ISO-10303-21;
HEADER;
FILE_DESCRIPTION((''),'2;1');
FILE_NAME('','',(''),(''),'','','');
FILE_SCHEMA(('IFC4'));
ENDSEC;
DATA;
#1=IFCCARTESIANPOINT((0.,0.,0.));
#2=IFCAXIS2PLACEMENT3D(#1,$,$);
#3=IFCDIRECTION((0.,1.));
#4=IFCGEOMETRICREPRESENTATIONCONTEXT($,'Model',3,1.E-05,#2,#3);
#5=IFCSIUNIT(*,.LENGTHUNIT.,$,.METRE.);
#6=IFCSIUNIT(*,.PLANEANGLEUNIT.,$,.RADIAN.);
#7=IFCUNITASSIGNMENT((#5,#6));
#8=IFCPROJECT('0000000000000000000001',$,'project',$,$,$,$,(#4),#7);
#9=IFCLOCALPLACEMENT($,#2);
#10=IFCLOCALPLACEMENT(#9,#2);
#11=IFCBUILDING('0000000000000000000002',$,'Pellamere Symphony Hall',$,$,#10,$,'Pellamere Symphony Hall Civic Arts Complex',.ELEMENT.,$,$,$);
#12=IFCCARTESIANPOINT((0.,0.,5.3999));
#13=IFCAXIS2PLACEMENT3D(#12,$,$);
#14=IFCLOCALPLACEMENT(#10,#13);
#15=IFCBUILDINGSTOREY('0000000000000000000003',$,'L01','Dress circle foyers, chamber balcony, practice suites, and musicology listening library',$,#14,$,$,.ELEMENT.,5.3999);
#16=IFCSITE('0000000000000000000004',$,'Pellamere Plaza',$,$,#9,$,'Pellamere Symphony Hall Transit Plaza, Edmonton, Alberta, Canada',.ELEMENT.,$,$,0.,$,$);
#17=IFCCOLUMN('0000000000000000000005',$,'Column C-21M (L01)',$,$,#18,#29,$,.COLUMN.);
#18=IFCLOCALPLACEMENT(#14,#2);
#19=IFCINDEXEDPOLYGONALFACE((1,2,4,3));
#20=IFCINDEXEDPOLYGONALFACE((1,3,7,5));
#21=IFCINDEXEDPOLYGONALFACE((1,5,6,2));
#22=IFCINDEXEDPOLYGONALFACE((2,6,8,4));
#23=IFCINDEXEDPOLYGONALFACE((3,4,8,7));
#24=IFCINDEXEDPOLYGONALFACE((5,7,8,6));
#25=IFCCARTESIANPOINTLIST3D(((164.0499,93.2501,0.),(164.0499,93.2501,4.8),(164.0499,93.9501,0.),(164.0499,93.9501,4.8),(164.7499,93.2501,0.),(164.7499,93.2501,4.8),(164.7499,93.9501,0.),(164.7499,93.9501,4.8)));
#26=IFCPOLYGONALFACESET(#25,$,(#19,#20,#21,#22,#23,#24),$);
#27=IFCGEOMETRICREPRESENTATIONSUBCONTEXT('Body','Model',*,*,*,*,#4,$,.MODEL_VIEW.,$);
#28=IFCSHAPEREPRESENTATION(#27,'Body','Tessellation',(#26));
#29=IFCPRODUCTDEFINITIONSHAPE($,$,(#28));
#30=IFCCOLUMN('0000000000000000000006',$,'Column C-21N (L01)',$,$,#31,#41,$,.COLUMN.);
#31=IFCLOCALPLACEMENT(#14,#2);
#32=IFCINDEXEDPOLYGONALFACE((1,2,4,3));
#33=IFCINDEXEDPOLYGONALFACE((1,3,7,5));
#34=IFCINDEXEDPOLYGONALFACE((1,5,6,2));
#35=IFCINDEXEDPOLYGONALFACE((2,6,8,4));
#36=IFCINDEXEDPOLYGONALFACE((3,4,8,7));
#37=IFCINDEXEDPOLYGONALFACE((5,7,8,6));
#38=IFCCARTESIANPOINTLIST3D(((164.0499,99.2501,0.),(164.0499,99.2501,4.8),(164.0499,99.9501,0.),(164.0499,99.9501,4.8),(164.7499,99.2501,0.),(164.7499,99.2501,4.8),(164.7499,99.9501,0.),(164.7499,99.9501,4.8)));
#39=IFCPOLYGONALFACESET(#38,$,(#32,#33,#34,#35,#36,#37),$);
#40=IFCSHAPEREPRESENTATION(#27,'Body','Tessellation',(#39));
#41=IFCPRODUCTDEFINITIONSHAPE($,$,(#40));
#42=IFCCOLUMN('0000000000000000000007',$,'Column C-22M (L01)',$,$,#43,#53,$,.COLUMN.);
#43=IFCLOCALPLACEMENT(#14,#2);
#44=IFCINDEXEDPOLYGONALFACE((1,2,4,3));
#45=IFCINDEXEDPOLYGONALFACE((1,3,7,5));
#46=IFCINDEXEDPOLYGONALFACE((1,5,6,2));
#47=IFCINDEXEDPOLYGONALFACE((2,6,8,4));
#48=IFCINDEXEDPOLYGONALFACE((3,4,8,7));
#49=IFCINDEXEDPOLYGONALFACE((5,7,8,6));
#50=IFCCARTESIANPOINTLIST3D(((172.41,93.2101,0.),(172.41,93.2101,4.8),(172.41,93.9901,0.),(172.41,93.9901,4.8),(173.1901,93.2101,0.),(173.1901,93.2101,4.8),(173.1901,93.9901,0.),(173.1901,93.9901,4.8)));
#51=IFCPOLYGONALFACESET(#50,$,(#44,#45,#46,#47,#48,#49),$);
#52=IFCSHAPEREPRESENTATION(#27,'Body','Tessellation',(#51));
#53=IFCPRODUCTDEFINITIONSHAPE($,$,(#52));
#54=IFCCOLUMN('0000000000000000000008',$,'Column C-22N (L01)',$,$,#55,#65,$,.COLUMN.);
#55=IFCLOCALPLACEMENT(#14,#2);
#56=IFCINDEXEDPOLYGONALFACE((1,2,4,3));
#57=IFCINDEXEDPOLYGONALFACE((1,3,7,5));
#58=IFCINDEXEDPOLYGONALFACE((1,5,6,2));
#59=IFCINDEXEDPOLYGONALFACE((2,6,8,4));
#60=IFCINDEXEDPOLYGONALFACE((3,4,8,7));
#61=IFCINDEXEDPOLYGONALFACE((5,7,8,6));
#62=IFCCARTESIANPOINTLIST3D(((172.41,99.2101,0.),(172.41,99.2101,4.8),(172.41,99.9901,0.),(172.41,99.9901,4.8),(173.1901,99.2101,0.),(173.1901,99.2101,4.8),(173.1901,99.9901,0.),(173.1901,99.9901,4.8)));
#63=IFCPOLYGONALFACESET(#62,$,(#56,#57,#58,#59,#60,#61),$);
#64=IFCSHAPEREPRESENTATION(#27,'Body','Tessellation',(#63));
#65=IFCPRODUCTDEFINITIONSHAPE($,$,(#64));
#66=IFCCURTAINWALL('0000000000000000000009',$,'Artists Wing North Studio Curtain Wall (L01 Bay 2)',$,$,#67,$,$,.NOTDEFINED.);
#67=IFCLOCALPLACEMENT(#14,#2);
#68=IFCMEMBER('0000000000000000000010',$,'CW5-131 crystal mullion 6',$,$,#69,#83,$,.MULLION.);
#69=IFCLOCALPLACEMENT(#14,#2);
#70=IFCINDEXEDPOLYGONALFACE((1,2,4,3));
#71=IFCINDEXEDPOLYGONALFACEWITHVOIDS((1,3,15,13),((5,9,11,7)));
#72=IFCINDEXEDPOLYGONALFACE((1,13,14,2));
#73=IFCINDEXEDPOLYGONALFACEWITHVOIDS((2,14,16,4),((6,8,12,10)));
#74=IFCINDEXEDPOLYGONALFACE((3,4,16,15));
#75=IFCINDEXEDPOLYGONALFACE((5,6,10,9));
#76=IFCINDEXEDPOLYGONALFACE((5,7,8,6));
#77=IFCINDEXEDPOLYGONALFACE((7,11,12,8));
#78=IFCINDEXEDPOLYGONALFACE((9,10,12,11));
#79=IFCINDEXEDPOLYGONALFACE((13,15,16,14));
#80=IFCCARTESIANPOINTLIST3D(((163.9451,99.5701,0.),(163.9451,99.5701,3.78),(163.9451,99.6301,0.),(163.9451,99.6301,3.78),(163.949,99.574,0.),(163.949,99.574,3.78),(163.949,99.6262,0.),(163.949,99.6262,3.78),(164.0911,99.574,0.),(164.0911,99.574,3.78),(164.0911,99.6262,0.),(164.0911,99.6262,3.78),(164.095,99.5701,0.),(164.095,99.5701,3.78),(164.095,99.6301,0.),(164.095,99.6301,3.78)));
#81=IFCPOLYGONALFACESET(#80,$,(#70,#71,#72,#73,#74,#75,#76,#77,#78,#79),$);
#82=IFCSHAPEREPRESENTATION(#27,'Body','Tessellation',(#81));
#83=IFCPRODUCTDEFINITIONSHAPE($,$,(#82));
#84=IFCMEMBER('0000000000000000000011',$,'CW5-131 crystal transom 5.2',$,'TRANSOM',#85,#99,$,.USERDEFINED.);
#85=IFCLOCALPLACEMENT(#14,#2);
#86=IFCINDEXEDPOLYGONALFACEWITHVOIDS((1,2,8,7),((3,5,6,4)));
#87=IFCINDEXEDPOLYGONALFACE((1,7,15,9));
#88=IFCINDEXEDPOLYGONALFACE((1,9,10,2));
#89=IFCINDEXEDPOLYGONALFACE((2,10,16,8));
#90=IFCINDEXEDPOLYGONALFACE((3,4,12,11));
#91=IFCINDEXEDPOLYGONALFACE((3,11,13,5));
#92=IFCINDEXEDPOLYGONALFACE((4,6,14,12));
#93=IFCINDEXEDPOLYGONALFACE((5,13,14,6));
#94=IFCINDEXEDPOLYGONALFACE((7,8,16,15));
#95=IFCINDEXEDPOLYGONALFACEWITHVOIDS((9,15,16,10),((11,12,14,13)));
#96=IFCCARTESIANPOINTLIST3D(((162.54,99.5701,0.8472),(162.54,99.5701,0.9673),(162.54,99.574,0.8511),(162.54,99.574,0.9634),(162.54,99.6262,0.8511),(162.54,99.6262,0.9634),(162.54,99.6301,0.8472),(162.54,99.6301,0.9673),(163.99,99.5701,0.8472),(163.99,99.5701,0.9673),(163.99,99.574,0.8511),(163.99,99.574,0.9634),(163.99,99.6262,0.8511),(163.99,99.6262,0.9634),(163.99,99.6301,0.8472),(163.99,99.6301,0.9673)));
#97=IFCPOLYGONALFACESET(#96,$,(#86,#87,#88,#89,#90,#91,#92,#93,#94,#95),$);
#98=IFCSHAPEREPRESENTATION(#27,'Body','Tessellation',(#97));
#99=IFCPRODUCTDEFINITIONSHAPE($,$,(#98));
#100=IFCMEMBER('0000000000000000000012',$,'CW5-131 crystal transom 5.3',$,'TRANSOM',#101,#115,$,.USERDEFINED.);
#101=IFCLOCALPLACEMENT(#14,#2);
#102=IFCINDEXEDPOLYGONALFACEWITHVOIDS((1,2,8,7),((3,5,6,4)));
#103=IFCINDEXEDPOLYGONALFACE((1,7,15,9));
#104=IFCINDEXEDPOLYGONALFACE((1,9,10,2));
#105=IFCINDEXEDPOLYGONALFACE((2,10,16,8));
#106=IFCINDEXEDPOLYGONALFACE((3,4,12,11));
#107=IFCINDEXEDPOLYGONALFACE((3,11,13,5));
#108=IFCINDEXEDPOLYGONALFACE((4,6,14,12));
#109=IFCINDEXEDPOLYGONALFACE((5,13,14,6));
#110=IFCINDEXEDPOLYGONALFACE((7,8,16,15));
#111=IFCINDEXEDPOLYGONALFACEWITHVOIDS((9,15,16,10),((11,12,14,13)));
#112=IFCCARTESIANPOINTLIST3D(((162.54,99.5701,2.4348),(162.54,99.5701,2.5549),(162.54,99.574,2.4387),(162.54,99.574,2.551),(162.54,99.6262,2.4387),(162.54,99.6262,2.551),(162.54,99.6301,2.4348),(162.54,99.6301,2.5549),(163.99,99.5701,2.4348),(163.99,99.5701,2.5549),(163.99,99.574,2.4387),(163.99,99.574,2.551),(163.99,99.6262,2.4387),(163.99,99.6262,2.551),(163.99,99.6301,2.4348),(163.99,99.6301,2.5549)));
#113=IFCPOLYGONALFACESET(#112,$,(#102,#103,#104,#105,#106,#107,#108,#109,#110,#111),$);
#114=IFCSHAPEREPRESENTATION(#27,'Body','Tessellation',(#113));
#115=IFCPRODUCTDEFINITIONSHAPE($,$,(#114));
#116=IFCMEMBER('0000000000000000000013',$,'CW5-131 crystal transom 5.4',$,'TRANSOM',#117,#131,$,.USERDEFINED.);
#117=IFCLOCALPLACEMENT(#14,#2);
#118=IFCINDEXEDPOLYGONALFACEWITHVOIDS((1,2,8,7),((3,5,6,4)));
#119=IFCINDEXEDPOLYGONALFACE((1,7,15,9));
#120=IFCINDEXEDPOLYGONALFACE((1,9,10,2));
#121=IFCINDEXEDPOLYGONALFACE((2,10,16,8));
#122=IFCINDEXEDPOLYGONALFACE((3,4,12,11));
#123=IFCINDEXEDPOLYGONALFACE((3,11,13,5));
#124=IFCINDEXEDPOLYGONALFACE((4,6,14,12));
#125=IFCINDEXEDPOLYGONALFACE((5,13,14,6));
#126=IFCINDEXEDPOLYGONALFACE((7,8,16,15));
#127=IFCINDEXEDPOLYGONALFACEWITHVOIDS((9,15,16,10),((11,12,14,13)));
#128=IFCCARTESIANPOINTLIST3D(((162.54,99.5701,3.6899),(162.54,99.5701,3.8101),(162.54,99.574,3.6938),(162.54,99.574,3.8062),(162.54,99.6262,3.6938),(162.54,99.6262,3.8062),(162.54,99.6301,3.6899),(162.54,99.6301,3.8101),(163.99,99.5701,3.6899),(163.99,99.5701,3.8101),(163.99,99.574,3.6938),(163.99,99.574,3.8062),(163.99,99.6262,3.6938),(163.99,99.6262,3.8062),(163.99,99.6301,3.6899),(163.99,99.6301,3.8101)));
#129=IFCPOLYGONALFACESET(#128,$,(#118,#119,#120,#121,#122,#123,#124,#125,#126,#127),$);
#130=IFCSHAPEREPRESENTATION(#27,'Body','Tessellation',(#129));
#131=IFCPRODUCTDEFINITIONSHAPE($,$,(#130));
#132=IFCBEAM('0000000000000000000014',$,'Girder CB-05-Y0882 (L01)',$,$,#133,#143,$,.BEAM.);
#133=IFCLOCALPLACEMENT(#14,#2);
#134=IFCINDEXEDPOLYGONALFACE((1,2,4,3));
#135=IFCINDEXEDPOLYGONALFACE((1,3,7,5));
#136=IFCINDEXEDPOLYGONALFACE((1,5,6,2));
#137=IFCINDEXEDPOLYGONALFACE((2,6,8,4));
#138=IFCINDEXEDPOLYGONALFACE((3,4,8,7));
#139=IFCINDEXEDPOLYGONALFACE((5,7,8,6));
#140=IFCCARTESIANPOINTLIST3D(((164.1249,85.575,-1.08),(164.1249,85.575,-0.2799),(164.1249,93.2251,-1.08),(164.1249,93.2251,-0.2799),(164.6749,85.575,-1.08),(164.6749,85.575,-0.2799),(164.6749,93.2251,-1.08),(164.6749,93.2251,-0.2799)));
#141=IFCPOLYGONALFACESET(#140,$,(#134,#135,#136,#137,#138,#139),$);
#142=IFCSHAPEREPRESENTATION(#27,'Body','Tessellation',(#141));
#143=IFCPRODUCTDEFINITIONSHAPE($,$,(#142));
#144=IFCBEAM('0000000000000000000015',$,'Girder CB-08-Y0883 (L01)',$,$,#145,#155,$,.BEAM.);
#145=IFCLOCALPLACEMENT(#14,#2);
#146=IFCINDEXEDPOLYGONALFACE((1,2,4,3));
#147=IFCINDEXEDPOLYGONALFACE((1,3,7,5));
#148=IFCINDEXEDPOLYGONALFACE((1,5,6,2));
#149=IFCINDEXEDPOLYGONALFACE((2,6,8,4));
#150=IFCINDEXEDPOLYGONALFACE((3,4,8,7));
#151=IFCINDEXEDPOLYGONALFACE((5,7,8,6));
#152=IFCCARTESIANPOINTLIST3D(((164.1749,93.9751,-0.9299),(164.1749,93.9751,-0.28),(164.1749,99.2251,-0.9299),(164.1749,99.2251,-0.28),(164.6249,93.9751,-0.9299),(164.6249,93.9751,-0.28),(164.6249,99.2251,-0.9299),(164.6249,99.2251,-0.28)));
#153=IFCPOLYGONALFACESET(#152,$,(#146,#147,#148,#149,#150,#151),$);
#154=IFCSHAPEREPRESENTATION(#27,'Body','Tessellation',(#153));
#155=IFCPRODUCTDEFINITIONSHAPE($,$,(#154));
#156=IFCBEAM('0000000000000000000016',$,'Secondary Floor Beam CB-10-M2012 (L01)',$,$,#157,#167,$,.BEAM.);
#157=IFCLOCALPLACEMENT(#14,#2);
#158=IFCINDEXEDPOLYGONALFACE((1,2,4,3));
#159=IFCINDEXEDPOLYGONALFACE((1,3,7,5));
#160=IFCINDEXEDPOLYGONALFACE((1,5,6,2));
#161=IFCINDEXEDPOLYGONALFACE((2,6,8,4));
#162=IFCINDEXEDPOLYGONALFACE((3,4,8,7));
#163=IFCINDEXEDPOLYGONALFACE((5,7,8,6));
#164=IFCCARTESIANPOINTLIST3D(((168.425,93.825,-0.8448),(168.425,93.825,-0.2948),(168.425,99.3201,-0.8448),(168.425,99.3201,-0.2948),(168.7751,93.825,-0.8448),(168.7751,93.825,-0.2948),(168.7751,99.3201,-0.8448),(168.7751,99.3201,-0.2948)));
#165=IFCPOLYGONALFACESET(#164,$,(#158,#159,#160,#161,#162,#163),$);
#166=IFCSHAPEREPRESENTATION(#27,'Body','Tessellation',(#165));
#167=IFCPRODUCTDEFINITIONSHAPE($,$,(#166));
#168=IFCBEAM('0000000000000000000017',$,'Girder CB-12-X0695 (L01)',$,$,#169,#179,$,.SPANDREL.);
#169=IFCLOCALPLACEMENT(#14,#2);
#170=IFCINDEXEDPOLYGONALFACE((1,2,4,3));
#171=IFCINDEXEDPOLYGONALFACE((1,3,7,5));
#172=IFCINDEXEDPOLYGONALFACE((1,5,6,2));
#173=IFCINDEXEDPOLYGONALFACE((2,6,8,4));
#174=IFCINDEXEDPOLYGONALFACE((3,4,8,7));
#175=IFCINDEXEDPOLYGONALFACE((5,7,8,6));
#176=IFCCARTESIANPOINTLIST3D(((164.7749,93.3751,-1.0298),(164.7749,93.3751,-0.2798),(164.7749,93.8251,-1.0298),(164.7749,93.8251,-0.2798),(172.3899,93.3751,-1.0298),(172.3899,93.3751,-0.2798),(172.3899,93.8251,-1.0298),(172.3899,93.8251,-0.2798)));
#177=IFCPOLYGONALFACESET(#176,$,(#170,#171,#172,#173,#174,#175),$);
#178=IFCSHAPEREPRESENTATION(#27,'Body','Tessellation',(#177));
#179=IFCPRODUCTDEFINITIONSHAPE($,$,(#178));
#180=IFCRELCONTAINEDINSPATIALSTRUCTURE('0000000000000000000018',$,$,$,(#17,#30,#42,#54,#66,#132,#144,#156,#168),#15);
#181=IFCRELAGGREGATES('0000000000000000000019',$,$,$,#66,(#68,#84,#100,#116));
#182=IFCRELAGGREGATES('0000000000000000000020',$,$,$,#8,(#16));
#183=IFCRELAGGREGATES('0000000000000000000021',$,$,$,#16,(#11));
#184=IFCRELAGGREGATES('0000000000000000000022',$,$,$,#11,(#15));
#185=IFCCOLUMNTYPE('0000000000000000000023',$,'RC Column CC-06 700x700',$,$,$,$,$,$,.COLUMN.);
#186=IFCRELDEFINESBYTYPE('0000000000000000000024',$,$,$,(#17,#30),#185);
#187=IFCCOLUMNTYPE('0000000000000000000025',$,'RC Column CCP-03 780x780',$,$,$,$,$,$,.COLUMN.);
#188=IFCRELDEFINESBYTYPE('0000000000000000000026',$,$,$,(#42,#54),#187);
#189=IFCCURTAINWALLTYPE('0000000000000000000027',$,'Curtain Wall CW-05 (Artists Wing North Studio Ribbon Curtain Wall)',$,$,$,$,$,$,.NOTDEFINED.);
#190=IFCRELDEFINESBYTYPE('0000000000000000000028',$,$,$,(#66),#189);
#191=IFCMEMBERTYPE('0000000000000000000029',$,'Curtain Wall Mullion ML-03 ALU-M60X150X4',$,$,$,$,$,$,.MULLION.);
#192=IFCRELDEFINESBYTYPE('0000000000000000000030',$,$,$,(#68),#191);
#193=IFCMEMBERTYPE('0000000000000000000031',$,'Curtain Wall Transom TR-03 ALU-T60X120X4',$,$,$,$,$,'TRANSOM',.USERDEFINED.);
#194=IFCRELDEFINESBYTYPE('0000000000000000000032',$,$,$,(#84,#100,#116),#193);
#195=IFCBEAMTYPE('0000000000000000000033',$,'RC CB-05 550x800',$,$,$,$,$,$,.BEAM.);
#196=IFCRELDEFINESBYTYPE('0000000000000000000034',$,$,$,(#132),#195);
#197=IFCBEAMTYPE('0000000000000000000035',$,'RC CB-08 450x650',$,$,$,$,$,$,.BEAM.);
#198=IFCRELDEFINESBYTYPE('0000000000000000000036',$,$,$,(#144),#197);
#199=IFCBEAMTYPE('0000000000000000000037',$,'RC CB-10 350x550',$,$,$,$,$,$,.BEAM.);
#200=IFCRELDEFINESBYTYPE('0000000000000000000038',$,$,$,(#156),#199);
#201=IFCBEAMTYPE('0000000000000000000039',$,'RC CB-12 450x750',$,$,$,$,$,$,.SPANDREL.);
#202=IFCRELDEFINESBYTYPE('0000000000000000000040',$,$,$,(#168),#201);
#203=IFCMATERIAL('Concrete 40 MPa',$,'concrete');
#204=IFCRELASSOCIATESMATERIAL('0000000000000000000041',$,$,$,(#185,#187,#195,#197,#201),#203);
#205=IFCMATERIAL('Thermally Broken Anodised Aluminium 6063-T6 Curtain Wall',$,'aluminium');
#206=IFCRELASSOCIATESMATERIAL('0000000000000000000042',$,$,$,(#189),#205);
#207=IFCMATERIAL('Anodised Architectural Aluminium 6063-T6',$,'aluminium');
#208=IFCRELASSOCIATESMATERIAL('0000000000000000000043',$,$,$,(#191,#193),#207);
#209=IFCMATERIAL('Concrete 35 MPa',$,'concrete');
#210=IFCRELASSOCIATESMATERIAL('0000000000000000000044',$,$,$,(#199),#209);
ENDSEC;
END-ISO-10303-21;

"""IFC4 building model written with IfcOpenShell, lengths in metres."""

from ifc_helpers import new_model, si_unit, direction, frame, origin, origin_2d, place, context, subcontext, project, spatial, rectangle, hollow_rectangle, extrude, material, material_profile, profile_set, type_object, element, aggregate, save


model = new_model("IFC4")

# Units and contexts
model_context = context("Model", 3, precision=1e-05, world=origin(), true_north=direction((0.0, 1.0)))
body_context = subcontext(model_context, "Body", "Model", "MODEL_VIEW")
ifc_project = project(units=[si_unit("LENGTHUNIT", "METRE"), si_unit("PLANEANGLEUNIT", "RADIAN")], contexts=[model_context])

# Site, building, storey
site_placement = place(None, origin())
site = spatial("IfcSite", under=ifc_project, at=site_placement, Name="Pellamere Plaza", LongName="Pellamere Symphony Hall Transit Plaza, Edmonton, Alberta, Canada", CompositionType="ELEMENT", RefElevation=0.0)
building_placement = place(site_placement, origin())
building = spatial("IfcBuilding", under=site, at=building_placement, Name="Pellamere Symphony Hall", LongName="Pellamere Symphony Hall Civic Arts Complex", CompositionType="ELEMENT")
storey_placement = place(building_placement, frame((0.0, 0.0, 5.3999)))
storey = spatial("IfcBuildingStorey", under=building, at=storey_placement, Name="L01", Description="Dress circle foyers, chamber balcony, practice suites, and musicology listening library", CompositionType="ELEMENT", Elevation=5.3999)

# Columns
ifc_material_1 = material(Name="Concrete 40 MPa", Category="concrete")
ifc_material_profile_1 = material_profile(ifc_material_1, rectangle(XDim=0.7, YDim=0.7, at=origin_2d()), Name="RC 700x700")
ifc_profile_set_1 = profile_set([ifc_material_profile_1], Name="Concrete 40 MPa")
column_type_1 = type_object("IfcColumnType", Name="RC Column CC-06 700x700", PredefinedType="COLUMN", material=ifc_profile_set_1)
for number, where, z_axis, x_axis, name in (
    (1, (164.3999, 93.6001, 0.0), (0.0, 0.0, 1.0), (1.0, 0.0, 0.0), "Column C-21M (L01)"),
    (2, (164.3999, 99.6001, 0.0), (0.0, 0.0, 1.0), (1.0, 0.0, 0.0), "Column C-21N (L01)"),
):
    element("IfcColumn", number, at=place(storey_placement, frame(where, z_axis=z_axis, x_axis=x_axis)), inside=storey, type_object=column_type_1, Name=name, PredefinedType="COLUMN", context=body_context, shape_type="SweptSolid", body=[
        extrude(rectangle(XDim=0.7, YDim=0.7, at=origin_2d()), origin(), (0.0, 0.0, 1.0), 4.8),
    ])
ifc_material_profile_2 = material_profile(ifc_material_1, rectangle(XDim=0.78, YDim=0.78, at=origin_2d()), Name="RC 780x780")
ifc_profile_set_2 = profile_set([ifc_material_profile_2], Name="Concrete 40 MPa")
column_type_2 = type_object("IfcColumnType", Name="RC Column CCP-03 780x780", PredefinedType="COLUMN", material=ifc_profile_set_2)
for number, where, z_axis, x_axis, name in (
    (3, (172.8, 93.6001, 0.0), (0.0, 0.0, 1.0), (1.0, 0.0, 0.0), "Column C-22M (L01)"),
    (4, (172.8, 99.6001, 0.0), (0.0, 0.0, 1.0), (1.0, 0.0, 0.0), "Column C-22N (L01)"),
):
    element("IfcColumn", number, at=place(storey_placement, frame(where, z_axis=z_axis, x_axis=x_axis)), inside=storey, type_object=column_type_2, Name=name, PredefinedType="COLUMN", context=body_context, shape_type="SweptSolid", body=[
        extrude(rectangle(XDim=0.78, YDim=0.78, at=origin_2d()), origin(), (0.0, 0.0, 1.0), 4.8),
    ])

# Curtain wall, members
ifc_material_2 = material(Name="Thermally Broken Anodised Aluminium 6063-T6 Curtain Wall", Category="aluminium")
curtain_wall_type = type_object("IfcCurtainWallType", Name="Curtain Wall CW-05 (Artists Wing North Studio Ribbon Curtain Wall)", PredefinedType="NOTDEFINED", material=ifc_material_2)
curtain_wall_placement = place(storey_placement, origin())
curtain_wall = element("IfcCurtainWall", 5, at=curtain_wall_placement, inside=storey, type_object=curtain_wall_type, Name="Artists Wing North Studio Curtain Wall (L01 Bay 2)", PredefinedType="NOTDEFINED")
ifc_material_3 = material(Name="Anodised Architectural Aluminium 6063-T6", Category="aluminium")
ifc_material_profile_3 = material_profile(ifc_material_3, hollow_rectangle(XDim=0.0601, YDim=0.1499, WallThickness=0.0039, at=origin_2d()), Name="ALU-M60X150X4")
ifc_profile_set_3 = profile_set([ifc_material_profile_3], Name="Anodised Architectural Aluminium 6063-T6")
member_type_1 = type_object("IfcMemberType", Name="Curtain Wall Mullion ML-03 ALU-M60X150X4", PredefinedType="MULLION", material=ifc_profile_set_3)
member_1_placement = place(storey_placement, frame((164.02, 99.6001, 0.0), z_axis=(0.0, 0.0, 1.0), x_axis=(0.0, 1.0, 0.0)))
member_1 = element("IfcMember", 6, at=member_1_placement, type_object=member_type_1, Name="CW5-131 crystal mullion 6", PredefinedType="MULLION", context=body_context, shape_type="SweptSolid", body=[
    extrude(hollow_rectangle(XDim=0.0601, YDim=0.1499, WallThickness=0.0039, at=origin_2d()), origin(), (0.0, 0.0, 1.0), 3.78),
])
ifc_material_profile_4 = material_profile(ifc_material_3, hollow_rectangle(XDim=0.0601, YDim=0.1201, WallThickness=0.0039, at=origin_2d()), Name="ALU-T60X120X4")
ifc_profile_set_4 = profile_set([ifc_material_profile_4], Name="Anodised Architectural Aluminium 6063-T6")
member_type_2 = type_object("IfcMemberType", Name="Curtain Wall Transom TR-03 ALU-T60X120X4", ElementType="TRANSOM", PredefinedType="USERDEFINED", material=ifc_profile_set_4)
member_2_placement = place(storey_placement, frame((162.54, 99.6001, 0.9072), z_axis=(1.0, 0.0, 0.0), x_axis=(0.0, 1.0, 0.0)))
member_2 = element("IfcMember", 7, at=member_2_placement, type_object=member_type_2, Name="CW5-131 crystal transom 5.2", ObjectType="TRANSOM", PredefinedType="USERDEFINED", context=body_context, shape_type="SweptSolid", body=[
    extrude(hollow_rectangle(XDim=0.0601, YDim=0.1201, WallThickness=0.0039, at=origin_2d()), origin(), (0.0, 0.0, 1.0), 1.45),
])
member_3_placement = place(storey_placement, frame((162.54, 99.6001, 2.4949), z_axis=(1.0, 0.0, 0.0), x_axis=(0.0, 1.0, 0.0)))
member_3 = element("IfcMember", 8, at=member_3_placement, type_object=member_type_2, Name="CW5-131 crystal transom 5.3", ObjectType="TRANSOM", PredefinedType="USERDEFINED", context=body_context, shape_type="SweptSolid", body=[
    extrude(hollow_rectangle(XDim=0.0601, YDim=0.1201, WallThickness=0.0039, at=origin_2d()), origin(), (0.0, 0.0, 1.0), 1.45),
])
member_4_placement = place(storey_placement, frame((162.54, 99.6001, 3.75), z_axis=(1.0, 0.0, 0.0), x_axis=(0.0, 1.0, 0.0)))
member_4 = element("IfcMember", 9, at=member_4_placement, type_object=member_type_2, Name="CW5-131 crystal transom 5.4", ObjectType="TRANSOM", PredefinedType="USERDEFINED", context=body_context, shape_type="SweptSolid", body=[
    extrude(hollow_rectangle(XDim=0.0601, YDim=0.1201, WallThickness=0.0039, at=origin_2d()), origin(), (0.0, 0.0, 1.0), 1.45),
])

# Beams
ifc_material_profile_5 = material_profile(ifc_material_1, rectangle(XDim=0.55, YDim=0.8, at=origin_2d()), Name="RC 550x800")
ifc_profile_set_5 = profile_set([ifc_material_profile_5], Name="Concrete 40 MPa")
beam_type_1 = type_object("IfcBeamType", Name="RC CB-05 550x800", PredefinedType="BEAM", material=ifc_profile_set_5)
beam_1_placement = place(storey_placement, frame((164.3999, 85.575, -0.6799), z_axis=(0.0, 1.0, 0.0), x_axis=(-1.0, 0.0, 0.0)))
element("IfcBeam", 10, at=beam_1_placement, inside=storey, type_object=beam_type_1, Name="Girder CB-05-Y0882 (L01)", PredefinedType="BEAM", context=body_context, shape_type="SweptSolid", body=[
    extrude(rectangle(XDim=0.55, YDim=0.8, at=origin_2d()), origin(), (0.0, 0.0, 1.0), 7.6501),
])
ifc_material_profile_6 = material_profile(ifc_material_1, rectangle(XDim=0.45, YDim=0.6499, at=origin_2d()), Name="RC 450x650")
ifc_profile_set_6 = profile_set([ifc_material_profile_6], Name="Concrete 40 MPa")
beam_type_2 = type_object("IfcBeamType", Name="RC CB-08 450x650", PredefinedType="BEAM", material=ifc_profile_set_6)
beam_2_placement = place(storey_placement, frame((164.3999, 93.9751, -0.605), z_axis=(0.0, 1.0, 0.0), x_axis=(-1.0, 0.0, 0.0)))
element("IfcBeam", 11, at=beam_2_placement, inside=storey, type_object=beam_type_2, Name="Girder CB-08-Y0883 (L01)", PredefinedType="BEAM", context=body_context, shape_type="SweptSolid", body=[
    extrude(rectangle(XDim=0.45, YDim=0.6499, at=origin_2d()), origin(), (0.0, 0.0, 1.0), 5.25),
])
ifc_material_4 = material(Name="Concrete 35 MPa", Category="concrete")
ifc_material_profile_7 = material_profile(ifc_material_4, rectangle(XDim=0.3501, YDim=0.55, at=origin_2d()), Name="RC 350x550")
ifc_profile_set_7 = profile_set([ifc_material_profile_7], Name="Concrete 35 MPa")
beam_type_3 = type_object("IfcBeamType", Name="RC CB-10 350x550", PredefinedType="BEAM", material=ifc_profile_set_7)
beam_3_placement = place(storey_placement, frame((168.6001, 93.825, -0.5698), z_axis=(0.0, 1.0, 0.0), x_axis=(-1.0, 0.0, 0.0)))
element("IfcBeam", 12, at=beam_3_placement, inside=storey, type_object=beam_type_3, Name="Secondary Floor Beam CB-10-M2012 (L01)", PredefinedType="BEAM", context=body_context, shape_type="SweptSolid", body=[
    extrude(rectangle(XDim=0.3501, YDim=0.55, at=origin_2d()), origin(), (0.0, 0.0, 1.0), 5.4951),
])
ifc_material_profile_8 = material_profile(ifc_material_1, rectangle(XDim=0.45, YDim=0.75, at=origin_2d()), Name="RC 450x750")
ifc_profile_set_8 = profile_set([ifc_material_profile_8], Name="Concrete 40 MPa")
beam_type_4 = type_object("IfcBeamType", Name="RC CB-12 450x750", PredefinedType="SPANDREL", material=ifc_profile_set_8)
beam_4_placement = place(storey_placement, frame((164.7749, 93.6001, -0.6548), z_axis=(1.0, 0.0, 0.0), x_axis=(0.0, 1.0, 0.0)))
element("IfcBeam", 13, at=beam_4_placement, inside=storey, type_object=beam_type_4, Name="Girder CB-12-X0695 (L01)", PredefinedType="SPANDREL", context=body_context, shape_type="SweptSolid", body=[
    extrude(rectangle(XDim=0.45, YDim=0.75, at=origin_2d()), origin(), (0.0, 0.0, 1.0), 7.615),
])

aggregate(curtain_wall, [member_1, member_2, member_3, member_4])

save(model, "model.ifc")
